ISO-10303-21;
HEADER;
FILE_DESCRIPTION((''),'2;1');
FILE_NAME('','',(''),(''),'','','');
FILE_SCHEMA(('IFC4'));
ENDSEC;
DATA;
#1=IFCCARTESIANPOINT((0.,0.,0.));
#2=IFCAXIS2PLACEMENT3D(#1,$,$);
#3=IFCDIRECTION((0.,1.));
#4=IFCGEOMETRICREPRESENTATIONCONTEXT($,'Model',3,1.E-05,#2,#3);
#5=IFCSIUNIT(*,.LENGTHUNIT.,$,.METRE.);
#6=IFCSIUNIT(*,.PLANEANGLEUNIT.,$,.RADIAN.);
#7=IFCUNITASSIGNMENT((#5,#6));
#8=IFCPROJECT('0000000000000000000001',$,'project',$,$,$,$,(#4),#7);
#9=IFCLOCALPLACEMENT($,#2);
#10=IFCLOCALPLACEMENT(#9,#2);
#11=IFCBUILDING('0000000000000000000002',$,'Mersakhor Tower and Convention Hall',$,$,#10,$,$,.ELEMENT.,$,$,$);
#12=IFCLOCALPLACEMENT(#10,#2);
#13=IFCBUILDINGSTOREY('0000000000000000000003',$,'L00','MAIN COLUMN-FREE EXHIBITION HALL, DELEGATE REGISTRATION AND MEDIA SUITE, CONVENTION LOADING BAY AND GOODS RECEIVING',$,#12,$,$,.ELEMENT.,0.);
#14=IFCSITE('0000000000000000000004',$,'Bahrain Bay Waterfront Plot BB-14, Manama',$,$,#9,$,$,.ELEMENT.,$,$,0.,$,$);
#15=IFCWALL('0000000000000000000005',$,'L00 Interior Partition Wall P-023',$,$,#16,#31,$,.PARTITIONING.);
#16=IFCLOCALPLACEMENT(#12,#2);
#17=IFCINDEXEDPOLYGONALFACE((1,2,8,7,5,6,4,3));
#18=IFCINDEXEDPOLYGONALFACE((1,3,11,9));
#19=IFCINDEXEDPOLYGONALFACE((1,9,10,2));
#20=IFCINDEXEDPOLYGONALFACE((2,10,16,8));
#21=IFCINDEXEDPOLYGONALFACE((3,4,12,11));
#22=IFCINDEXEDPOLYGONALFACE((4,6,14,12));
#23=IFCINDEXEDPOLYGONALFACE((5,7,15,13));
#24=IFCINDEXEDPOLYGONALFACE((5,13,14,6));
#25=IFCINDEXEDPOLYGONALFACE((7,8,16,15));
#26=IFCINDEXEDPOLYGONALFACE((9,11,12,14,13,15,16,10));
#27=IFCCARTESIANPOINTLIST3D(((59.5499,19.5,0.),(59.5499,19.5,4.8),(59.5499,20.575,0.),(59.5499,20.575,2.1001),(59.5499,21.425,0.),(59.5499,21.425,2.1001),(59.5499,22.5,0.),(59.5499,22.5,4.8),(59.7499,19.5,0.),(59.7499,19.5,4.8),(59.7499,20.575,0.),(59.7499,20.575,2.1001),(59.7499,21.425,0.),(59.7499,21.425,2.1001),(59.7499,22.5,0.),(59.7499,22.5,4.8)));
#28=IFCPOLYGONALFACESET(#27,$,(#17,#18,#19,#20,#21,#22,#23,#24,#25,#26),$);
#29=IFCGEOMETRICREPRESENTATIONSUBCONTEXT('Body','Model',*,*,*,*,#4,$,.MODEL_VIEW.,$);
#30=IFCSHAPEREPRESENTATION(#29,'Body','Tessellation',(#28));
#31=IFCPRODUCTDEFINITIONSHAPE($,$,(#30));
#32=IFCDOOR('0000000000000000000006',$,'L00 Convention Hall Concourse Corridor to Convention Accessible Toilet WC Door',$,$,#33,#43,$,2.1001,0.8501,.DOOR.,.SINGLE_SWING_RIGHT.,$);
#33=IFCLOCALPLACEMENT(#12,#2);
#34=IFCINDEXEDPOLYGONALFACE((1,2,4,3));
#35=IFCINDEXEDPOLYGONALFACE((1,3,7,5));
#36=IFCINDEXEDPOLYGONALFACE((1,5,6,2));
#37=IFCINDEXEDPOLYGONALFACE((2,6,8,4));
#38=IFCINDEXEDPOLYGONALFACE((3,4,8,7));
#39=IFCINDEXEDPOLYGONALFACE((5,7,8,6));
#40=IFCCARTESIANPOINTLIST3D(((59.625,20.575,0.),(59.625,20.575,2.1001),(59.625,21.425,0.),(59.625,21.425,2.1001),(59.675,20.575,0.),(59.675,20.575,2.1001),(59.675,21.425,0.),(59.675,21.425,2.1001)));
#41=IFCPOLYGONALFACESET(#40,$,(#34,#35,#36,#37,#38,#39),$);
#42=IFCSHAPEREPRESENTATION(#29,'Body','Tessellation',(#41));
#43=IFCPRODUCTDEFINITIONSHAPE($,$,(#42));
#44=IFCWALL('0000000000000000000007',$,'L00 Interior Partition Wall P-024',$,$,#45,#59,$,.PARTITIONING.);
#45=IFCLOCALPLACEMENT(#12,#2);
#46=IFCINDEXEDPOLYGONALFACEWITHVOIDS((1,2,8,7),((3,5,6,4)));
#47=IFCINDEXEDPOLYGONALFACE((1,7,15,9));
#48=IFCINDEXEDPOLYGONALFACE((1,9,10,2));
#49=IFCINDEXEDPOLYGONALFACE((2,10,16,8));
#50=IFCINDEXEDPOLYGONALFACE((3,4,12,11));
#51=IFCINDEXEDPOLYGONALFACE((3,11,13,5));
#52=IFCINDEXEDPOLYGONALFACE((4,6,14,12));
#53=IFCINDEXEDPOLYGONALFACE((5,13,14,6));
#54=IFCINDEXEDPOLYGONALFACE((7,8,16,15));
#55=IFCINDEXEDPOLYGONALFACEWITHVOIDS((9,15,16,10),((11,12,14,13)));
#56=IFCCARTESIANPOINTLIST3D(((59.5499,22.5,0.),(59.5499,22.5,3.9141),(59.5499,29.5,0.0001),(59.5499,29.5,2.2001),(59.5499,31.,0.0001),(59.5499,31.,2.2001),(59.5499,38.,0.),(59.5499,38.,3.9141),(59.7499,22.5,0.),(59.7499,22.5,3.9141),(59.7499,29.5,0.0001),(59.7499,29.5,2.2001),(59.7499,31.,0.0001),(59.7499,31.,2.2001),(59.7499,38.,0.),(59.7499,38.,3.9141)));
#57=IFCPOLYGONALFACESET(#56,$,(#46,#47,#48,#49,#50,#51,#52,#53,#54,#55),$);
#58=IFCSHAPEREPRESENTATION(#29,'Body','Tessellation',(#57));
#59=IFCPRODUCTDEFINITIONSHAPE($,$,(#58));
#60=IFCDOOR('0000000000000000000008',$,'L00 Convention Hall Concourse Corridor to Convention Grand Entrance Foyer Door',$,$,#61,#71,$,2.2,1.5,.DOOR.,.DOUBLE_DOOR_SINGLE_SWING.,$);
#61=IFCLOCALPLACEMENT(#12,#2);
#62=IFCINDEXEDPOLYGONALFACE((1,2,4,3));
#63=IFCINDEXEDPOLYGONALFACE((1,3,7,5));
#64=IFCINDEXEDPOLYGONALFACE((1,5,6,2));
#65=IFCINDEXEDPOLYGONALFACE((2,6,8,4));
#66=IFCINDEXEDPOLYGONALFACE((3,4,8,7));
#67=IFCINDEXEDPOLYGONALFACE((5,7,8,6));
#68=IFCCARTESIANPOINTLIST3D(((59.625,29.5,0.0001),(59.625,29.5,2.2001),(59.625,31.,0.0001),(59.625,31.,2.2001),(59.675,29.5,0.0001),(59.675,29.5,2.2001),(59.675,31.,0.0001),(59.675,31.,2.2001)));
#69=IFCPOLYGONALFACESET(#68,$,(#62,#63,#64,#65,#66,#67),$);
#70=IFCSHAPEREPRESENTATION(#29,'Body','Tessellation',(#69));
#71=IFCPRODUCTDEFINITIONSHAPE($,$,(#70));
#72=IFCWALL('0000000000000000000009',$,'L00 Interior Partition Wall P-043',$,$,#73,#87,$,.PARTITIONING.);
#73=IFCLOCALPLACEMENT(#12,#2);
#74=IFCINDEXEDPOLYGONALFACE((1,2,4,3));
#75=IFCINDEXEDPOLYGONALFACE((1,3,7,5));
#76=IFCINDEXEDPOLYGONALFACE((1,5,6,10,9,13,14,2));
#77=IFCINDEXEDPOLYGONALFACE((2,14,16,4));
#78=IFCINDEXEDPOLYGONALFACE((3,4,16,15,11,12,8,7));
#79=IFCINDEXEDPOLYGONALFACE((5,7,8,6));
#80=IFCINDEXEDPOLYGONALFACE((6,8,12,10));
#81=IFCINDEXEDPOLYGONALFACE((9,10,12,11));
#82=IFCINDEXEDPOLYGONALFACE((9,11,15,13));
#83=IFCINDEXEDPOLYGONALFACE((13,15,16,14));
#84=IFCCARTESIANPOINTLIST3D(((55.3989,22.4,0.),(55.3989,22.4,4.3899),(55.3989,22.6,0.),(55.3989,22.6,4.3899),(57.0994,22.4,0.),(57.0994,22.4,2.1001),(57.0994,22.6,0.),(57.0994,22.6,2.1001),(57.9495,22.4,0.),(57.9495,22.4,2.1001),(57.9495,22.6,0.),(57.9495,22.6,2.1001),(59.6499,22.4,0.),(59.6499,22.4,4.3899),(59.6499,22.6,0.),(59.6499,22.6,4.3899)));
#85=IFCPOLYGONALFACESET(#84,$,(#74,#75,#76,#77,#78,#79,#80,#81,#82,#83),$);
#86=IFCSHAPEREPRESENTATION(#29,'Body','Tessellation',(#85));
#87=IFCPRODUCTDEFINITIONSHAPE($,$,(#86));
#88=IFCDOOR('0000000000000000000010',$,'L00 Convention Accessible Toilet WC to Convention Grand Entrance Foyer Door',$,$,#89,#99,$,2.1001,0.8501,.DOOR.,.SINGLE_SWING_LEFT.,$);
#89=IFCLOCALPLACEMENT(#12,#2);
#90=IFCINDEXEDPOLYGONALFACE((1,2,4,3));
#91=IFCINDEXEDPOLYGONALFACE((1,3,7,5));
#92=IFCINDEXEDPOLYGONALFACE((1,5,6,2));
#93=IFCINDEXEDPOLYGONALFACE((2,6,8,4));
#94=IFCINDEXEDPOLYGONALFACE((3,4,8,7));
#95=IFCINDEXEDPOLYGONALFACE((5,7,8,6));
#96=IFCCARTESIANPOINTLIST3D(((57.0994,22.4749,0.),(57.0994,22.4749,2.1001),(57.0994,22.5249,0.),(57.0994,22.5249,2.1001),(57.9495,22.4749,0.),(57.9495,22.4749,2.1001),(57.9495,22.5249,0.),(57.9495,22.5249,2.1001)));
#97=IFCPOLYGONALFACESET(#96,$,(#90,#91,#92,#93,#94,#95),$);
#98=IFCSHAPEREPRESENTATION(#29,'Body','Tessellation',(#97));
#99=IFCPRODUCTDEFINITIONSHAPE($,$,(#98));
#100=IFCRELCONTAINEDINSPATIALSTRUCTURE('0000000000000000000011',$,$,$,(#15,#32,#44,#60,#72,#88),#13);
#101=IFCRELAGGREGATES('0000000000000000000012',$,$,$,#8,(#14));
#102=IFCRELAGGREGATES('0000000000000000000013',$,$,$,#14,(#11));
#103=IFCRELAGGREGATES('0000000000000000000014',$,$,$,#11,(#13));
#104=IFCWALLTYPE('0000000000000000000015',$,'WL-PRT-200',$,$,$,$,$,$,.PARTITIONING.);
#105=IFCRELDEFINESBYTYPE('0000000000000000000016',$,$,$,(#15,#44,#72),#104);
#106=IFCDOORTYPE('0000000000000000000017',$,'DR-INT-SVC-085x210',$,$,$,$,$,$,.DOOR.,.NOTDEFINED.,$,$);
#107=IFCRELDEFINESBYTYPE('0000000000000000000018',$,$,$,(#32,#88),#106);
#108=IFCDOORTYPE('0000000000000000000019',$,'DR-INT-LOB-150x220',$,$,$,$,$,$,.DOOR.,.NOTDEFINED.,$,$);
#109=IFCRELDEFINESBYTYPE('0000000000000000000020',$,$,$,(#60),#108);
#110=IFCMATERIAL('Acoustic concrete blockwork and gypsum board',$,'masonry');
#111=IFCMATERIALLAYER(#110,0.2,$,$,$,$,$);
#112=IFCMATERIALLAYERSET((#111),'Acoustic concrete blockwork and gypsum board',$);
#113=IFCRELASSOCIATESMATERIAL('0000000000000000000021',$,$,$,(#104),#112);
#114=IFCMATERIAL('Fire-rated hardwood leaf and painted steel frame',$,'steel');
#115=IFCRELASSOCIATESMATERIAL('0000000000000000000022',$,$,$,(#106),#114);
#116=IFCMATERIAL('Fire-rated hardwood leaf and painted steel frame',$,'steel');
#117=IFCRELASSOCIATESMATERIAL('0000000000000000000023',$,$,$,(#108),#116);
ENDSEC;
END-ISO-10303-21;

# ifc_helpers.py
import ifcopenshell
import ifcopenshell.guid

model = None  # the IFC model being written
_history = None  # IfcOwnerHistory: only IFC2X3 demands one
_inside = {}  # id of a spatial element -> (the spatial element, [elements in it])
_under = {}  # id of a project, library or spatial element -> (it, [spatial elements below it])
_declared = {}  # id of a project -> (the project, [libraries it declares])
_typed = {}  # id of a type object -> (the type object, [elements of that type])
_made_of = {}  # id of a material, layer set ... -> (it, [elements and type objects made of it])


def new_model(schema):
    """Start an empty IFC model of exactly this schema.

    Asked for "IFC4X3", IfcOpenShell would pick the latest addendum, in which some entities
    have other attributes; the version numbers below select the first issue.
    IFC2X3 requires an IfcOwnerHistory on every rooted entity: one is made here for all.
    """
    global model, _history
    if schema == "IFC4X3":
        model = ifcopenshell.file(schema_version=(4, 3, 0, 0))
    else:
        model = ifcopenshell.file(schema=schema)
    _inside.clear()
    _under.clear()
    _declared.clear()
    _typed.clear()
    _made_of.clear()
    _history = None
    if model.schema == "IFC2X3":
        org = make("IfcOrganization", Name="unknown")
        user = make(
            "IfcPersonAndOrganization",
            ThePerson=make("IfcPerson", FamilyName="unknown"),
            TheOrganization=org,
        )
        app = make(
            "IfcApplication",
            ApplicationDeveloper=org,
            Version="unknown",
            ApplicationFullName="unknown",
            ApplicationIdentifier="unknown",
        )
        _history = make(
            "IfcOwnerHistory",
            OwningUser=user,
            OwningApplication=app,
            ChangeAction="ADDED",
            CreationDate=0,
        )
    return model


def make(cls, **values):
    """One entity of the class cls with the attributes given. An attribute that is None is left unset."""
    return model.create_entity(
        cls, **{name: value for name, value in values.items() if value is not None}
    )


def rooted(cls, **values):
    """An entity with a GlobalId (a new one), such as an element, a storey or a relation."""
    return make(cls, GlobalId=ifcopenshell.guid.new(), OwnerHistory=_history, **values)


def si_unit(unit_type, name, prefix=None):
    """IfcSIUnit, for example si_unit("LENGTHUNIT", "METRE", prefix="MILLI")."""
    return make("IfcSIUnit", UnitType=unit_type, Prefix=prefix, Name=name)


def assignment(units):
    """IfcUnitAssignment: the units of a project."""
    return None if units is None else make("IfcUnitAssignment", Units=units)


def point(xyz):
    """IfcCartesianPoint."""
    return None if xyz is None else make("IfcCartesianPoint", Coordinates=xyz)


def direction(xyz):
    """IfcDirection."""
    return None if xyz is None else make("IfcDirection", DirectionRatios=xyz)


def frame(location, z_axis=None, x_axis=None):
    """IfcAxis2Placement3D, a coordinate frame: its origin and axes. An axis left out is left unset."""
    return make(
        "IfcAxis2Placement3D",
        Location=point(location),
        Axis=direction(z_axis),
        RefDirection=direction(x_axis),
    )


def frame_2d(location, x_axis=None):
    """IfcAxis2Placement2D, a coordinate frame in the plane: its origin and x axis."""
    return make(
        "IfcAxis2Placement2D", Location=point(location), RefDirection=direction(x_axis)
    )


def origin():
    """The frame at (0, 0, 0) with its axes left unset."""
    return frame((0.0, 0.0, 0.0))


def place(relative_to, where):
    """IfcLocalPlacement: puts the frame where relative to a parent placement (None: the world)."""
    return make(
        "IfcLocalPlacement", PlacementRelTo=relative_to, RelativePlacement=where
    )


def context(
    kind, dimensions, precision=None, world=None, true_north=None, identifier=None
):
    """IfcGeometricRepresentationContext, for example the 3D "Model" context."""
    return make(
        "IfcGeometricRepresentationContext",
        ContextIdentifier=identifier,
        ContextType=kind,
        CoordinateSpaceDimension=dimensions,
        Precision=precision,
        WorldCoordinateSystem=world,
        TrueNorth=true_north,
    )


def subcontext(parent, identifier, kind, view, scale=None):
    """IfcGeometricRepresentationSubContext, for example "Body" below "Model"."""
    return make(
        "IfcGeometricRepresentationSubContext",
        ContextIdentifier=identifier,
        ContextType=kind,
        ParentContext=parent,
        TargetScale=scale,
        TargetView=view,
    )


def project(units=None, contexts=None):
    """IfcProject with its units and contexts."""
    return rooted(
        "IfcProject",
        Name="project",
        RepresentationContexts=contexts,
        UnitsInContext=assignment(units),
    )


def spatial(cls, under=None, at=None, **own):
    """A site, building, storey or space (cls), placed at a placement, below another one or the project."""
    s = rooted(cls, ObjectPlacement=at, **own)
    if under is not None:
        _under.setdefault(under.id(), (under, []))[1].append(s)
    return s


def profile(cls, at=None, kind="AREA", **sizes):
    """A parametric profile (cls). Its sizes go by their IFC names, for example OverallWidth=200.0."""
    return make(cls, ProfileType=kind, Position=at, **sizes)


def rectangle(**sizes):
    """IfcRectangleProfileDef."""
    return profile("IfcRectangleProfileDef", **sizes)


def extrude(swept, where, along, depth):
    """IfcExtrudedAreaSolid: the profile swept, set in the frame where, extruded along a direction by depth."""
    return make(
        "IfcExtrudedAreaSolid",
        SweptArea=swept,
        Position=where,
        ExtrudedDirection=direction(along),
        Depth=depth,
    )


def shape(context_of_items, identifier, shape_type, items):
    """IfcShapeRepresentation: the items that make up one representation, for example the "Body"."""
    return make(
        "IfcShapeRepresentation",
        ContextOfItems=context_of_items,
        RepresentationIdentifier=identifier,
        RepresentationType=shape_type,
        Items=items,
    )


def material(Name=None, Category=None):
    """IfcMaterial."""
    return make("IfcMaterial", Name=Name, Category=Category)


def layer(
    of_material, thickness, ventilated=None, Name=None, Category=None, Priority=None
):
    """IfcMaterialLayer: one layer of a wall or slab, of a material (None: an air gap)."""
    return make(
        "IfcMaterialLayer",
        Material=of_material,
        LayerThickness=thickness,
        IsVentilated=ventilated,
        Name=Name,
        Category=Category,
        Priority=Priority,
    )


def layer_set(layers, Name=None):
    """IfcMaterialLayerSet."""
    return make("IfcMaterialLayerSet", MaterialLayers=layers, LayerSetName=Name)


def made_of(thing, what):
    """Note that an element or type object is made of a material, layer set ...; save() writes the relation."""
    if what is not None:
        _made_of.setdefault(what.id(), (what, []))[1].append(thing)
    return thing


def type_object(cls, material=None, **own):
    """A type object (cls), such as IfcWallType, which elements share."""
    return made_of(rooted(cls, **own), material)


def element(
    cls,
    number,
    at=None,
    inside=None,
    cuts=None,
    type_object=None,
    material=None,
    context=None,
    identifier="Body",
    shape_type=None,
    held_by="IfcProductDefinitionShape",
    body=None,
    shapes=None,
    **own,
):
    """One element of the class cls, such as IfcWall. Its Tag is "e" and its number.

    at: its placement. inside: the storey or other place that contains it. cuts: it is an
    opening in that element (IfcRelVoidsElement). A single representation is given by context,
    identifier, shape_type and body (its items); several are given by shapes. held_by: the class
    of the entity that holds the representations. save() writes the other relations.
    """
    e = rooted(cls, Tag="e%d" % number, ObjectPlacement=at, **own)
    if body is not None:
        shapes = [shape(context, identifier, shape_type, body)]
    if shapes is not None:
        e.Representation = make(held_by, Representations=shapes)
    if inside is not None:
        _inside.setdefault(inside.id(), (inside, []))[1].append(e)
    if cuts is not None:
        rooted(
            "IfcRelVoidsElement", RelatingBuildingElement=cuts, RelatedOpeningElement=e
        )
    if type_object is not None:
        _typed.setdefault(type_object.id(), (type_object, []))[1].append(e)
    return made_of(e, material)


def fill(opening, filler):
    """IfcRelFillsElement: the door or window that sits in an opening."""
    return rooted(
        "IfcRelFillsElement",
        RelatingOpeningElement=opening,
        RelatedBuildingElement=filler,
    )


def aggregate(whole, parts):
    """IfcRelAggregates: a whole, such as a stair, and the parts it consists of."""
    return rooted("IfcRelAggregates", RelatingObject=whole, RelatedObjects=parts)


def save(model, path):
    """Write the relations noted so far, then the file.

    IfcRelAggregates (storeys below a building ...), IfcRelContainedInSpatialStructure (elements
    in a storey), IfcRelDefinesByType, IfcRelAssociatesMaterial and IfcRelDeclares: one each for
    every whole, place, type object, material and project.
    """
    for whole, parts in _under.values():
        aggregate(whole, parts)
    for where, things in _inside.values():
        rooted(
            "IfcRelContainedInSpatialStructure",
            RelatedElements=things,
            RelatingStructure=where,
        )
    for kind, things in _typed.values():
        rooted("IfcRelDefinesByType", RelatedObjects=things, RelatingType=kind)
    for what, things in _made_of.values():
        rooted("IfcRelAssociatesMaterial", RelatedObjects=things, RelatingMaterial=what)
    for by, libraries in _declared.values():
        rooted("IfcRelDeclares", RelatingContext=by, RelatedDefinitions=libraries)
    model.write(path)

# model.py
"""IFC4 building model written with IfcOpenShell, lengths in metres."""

from ifc_helpers import new_model, si_unit, direction, frame, frame_2d, origin, place, context, subcontext, project, spatial, rectangle, extrude, material, layer, layer_set, type_object, element, fill, save


model = new_model("IFC4")

# Units and contexts
model_context = context("Model", 3, precision=1e-05, world=origin(), true_north=direction((0.0, 1.0)))
body_context = subcontext(model_context, "Body", "Model", "MODEL_VIEW")
ifc_project = project(units=[si_unit("LENGTHUNIT", "METRE"), si_unit("PLANEANGLEUNIT", "RADIAN")], contexts=[model_context])

# Site, building, storey
site_placement = place(None, origin())
site = spatial("IfcSite", under=ifc_project, at=site_placement, Name="Bahrain Bay Waterfront Plot BB-14, Manama", CompositionType="ELEMENT", RefElevation=0.0)
building_placement = place(site_placement, origin())
building = spatial("IfcBuilding", under=site, at=building_placement, Name="Mersakhor Tower and Convention Hall", CompositionType="ELEMENT")
storey_placement = place(building_placement, origin())
storey = spatial("IfcBuildingStorey", under=building, at=storey_placement, Name="L00", Description="MAIN COLUMN-FREE EXHIBITION HALL, DELEGATE REGISTRATION AND MEDIA SUITE, CONVENTION LOADING BAY AND GOODS RECEIVING", CompositionType="ELEMENT", Elevation=0.0)

# Walls, openings, doors
ifc_material_1 = material(Name="Acoustic concrete blockwork and gypsum board", Category="masonry")
ifc_layer_1 = layer(ifc_material_1, 0.2)
ifc_layer_set_1 = layer_set([ifc_layer_1], Name="Acoustic concrete blockwork and gypsum board")
wall_type_1 = type_object("IfcWallType", Name="WL-PRT-200", PredefinedType="PARTITIONING", material=ifc_layer_set_1)
ifc_material_2 = material(Name="Fire-rated hardwood leaf and painted steel frame", Category="steel")
door_type_1 = type_object("IfcDoorType", Name="DR-INT-SVC-085x210", OperationType="NOTDEFINED", PredefinedType="DOOR", material=ifc_material_2)
wall_1_placement = place(storey_placement, frame((59.6499, 19.5, 0.0), z_axis=(0.0, 0.0, 1.0), x_axis=(0.0, 1.0, 0.0)))
wall_1 = element("IfcWall", 1, at=wall_1_placement, inside=storey, type_object=wall_type_1, Name="L00 Interior Partition Wall P-023", PredefinedType="PARTITIONING", context=body_context, shape_type="SweptSolid", body=[
    extrude(rectangle(XDim=3.0, YDim=0.2, at=frame_2d((1.5, 0.0))), origin(), (0.0, 0.0, 1.0), 4.8),
])
opening_1_placement = place(wall_1_placement, frame((1.075, 0.0, 0.0)))
opening_1 = element("IfcOpeningElement", 2, at=opening_1_placement, cuts=wall_1, PredefinedType="OPENING", context=body_context, shape_type="SweptSolid", body=[
    extrude(rectangle(XDim=0.8501, YDim=2.1001, at=frame_2d((0.425, 1.05))), frame((0.0, 0.1099, 0.0), z_axis=(0.0, -1.0, 0.0), x_axis=(1.0, 0.0, 0.0)), (0.0, 0.0, 1.0), 0.22),
])
door_1_placement = place(opening_1_placement, origin())
door_1 = element("IfcDoor", 3, at=door_1_placement, inside=storey, type_object=door_type_1, Name="L00 Convention Hall Concourse Corridor to Convention Accessible Toilet WC Door", OperationType="SINGLE_SWING_RIGHT", OverallHeight=2.1001, OverallWidth=0.8501, PredefinedType="DOOR", context=body_context, shape_type="SweptSolid", body=[
    extrude(rectangle(XDim=0.8501, YDim=2.1001, at=frame_2d((0.425, 1.05))), frame((0.0, 0.0249, 0.0), z_axis=(0.0, -1.0, 0.0), x_axis=(1.0, 0.0, 0.0)), (0.0, 0.0, 1.0), 0.05),
])
fill(opening_1, door_1)
wall_2_placement = place(storey_placement, frame((59.6499, 22.5, 0.0), z_axis=(0.0, 0.0, 1.0), x_axis=(0.0, 1.0, 0.0)))
wall_2 = element("IfcWall", 4, at=wall_2_placement, inside=storey, type_object=wall_type_1, Name="L00 Interior Partition Wall P-024", PredefinedType="PARTITIONING", context=body_context, shape_type="SweptSolid", body=[
    extrude(rectangle(XDim=15.5, YDim=0.2, at=frame_2d((7.75, 0.0))), origin(), (0.0, 0.0, 1.0), 3.9141),
])
opening_2_placement = place(wall_2_placement, frame((7.0, 0.0, 0.0)))
opening_2 = element("IfcOpeningElement", 5, at=opening_2_placement, cuts=wall_2, PredefinedType="OPENING", context=body_context, shape_type="SweptSolid", body=[
    extrude(rectangle(XDim=1.5, YDim=2.2, at=frame_2d((0.75, 1.1001))), frame((0.0, 0.1099, 0.0), z_axis=(0.0, -1.0, 0.0), x_axis=(1.0, 0.0, 0.0)), (0.0, 0.0, 1.0), 0.22),
])
ifc_material_3 = material(Name="Fire-rated hardwood leaf and painted steel frame", Category="steel")
door_type_2 = type_object("IfcDoorType", Name="DR-INT-LOB-150x220", OperationType="NOTDEFINED", PredefinedType="DOOR", material=ifc_material_3)
door_2_placement = place(opening_2_placement, origin())
door_2 = element("IfcDoor", 6, at=door_2_placement, inside=storey, type_object=door_type_2, Name="L00 Convention Hall Concourse Corridor to Convention Grand Entrance Foyer Door", OperationType="DOUBLE_DOOR_SINGLE_SWING", OverallHeight=2.2, OverallWidth=1.5, PredefinedType="DOOR", context=body_context, shape_type="SweptSolid", body=[
    extrude(rectangle(XDim=1.5, YDim=2.2, at=frame_2d((0.75, 1.1001))), frame((0.0, 0.0249, 0.0), z_axis=(0.0, -1.0, 0.0), x_axis=(1.0, 0.0, 0.0)), (0.0, 0.0, 1.0), 0.05),
])
fill(opening_2, door_2)
wall_3_placement = place(storey_placement, frame((55.3989, 22.5, 0.0), z_axis=(0.0, 0.0, 1.0), x_axis=(1.0, 0.0, 0.0)))
wall_3 = element("IfcWall", 7, at=wall_3_placement, inside=storey, type_object=wall_type_1, Name="L00 Interior Partition Wall P-043", PredefinedType="PARTITIONING", context=body_context, shape_type="SweptSolid", body=[
    extrude(rectangle(XDim=4.251, YDim=0.2, at=frame_2d((2.1255, 0.0))), origin(), (0.0, 0.0, 1.0), 4.3899),
])
opening_3_placement = place(wall_3_placement, frame((1.7004, 0.0, 0.0)))
opening_3 = element("IfcOpeningElement", 8, at=opening_3_placement, cuts=wall_3, PredefinedType="OPENING", context=body_context, shape_type="SweptSolid", body=[
    extrude(rectangle(XDim=0.8501, YDim=2.1001, at=frame_2d((0.425, 1.05))), frame((0.0, 0.1099, 0.0), z_axis=(0.0, -1.0, 0.0), x_axis=(1.0, 0.0, 0.0)), (0.0, 0.0, 1.0), 0.22),
])
door_3_placement = place(opening_3_placement, origin())
door_3 = element("IfcDoor", 9, at=door_3_placement, inside=storey, type_object=door_type_1, Name="L00 Convention Accessible Toilet WC to Convention Grand Entrance Foyer Door", OperationType="SINGLE_SWING_LEFT", OverallHeight=2.1001, OverallWidth=0.8501, PredefinedType="DOOR", context=body_context, shape_type="SweptSolid", body=[
    extrude(rectangle(XDim=0.8501, YDim=2.1001, at=frame_2d((0.425, 1.05))), frame((0.0, 0.0249, 0.0), z_axis=(0.0, -1.0, 0.0), x_axis=(1.0, 0.0, 0.0)), (0.0, 0.0, 1.0), 0.05),
])
fill(opening_3, door_3)

save(model, "model.ifc")
